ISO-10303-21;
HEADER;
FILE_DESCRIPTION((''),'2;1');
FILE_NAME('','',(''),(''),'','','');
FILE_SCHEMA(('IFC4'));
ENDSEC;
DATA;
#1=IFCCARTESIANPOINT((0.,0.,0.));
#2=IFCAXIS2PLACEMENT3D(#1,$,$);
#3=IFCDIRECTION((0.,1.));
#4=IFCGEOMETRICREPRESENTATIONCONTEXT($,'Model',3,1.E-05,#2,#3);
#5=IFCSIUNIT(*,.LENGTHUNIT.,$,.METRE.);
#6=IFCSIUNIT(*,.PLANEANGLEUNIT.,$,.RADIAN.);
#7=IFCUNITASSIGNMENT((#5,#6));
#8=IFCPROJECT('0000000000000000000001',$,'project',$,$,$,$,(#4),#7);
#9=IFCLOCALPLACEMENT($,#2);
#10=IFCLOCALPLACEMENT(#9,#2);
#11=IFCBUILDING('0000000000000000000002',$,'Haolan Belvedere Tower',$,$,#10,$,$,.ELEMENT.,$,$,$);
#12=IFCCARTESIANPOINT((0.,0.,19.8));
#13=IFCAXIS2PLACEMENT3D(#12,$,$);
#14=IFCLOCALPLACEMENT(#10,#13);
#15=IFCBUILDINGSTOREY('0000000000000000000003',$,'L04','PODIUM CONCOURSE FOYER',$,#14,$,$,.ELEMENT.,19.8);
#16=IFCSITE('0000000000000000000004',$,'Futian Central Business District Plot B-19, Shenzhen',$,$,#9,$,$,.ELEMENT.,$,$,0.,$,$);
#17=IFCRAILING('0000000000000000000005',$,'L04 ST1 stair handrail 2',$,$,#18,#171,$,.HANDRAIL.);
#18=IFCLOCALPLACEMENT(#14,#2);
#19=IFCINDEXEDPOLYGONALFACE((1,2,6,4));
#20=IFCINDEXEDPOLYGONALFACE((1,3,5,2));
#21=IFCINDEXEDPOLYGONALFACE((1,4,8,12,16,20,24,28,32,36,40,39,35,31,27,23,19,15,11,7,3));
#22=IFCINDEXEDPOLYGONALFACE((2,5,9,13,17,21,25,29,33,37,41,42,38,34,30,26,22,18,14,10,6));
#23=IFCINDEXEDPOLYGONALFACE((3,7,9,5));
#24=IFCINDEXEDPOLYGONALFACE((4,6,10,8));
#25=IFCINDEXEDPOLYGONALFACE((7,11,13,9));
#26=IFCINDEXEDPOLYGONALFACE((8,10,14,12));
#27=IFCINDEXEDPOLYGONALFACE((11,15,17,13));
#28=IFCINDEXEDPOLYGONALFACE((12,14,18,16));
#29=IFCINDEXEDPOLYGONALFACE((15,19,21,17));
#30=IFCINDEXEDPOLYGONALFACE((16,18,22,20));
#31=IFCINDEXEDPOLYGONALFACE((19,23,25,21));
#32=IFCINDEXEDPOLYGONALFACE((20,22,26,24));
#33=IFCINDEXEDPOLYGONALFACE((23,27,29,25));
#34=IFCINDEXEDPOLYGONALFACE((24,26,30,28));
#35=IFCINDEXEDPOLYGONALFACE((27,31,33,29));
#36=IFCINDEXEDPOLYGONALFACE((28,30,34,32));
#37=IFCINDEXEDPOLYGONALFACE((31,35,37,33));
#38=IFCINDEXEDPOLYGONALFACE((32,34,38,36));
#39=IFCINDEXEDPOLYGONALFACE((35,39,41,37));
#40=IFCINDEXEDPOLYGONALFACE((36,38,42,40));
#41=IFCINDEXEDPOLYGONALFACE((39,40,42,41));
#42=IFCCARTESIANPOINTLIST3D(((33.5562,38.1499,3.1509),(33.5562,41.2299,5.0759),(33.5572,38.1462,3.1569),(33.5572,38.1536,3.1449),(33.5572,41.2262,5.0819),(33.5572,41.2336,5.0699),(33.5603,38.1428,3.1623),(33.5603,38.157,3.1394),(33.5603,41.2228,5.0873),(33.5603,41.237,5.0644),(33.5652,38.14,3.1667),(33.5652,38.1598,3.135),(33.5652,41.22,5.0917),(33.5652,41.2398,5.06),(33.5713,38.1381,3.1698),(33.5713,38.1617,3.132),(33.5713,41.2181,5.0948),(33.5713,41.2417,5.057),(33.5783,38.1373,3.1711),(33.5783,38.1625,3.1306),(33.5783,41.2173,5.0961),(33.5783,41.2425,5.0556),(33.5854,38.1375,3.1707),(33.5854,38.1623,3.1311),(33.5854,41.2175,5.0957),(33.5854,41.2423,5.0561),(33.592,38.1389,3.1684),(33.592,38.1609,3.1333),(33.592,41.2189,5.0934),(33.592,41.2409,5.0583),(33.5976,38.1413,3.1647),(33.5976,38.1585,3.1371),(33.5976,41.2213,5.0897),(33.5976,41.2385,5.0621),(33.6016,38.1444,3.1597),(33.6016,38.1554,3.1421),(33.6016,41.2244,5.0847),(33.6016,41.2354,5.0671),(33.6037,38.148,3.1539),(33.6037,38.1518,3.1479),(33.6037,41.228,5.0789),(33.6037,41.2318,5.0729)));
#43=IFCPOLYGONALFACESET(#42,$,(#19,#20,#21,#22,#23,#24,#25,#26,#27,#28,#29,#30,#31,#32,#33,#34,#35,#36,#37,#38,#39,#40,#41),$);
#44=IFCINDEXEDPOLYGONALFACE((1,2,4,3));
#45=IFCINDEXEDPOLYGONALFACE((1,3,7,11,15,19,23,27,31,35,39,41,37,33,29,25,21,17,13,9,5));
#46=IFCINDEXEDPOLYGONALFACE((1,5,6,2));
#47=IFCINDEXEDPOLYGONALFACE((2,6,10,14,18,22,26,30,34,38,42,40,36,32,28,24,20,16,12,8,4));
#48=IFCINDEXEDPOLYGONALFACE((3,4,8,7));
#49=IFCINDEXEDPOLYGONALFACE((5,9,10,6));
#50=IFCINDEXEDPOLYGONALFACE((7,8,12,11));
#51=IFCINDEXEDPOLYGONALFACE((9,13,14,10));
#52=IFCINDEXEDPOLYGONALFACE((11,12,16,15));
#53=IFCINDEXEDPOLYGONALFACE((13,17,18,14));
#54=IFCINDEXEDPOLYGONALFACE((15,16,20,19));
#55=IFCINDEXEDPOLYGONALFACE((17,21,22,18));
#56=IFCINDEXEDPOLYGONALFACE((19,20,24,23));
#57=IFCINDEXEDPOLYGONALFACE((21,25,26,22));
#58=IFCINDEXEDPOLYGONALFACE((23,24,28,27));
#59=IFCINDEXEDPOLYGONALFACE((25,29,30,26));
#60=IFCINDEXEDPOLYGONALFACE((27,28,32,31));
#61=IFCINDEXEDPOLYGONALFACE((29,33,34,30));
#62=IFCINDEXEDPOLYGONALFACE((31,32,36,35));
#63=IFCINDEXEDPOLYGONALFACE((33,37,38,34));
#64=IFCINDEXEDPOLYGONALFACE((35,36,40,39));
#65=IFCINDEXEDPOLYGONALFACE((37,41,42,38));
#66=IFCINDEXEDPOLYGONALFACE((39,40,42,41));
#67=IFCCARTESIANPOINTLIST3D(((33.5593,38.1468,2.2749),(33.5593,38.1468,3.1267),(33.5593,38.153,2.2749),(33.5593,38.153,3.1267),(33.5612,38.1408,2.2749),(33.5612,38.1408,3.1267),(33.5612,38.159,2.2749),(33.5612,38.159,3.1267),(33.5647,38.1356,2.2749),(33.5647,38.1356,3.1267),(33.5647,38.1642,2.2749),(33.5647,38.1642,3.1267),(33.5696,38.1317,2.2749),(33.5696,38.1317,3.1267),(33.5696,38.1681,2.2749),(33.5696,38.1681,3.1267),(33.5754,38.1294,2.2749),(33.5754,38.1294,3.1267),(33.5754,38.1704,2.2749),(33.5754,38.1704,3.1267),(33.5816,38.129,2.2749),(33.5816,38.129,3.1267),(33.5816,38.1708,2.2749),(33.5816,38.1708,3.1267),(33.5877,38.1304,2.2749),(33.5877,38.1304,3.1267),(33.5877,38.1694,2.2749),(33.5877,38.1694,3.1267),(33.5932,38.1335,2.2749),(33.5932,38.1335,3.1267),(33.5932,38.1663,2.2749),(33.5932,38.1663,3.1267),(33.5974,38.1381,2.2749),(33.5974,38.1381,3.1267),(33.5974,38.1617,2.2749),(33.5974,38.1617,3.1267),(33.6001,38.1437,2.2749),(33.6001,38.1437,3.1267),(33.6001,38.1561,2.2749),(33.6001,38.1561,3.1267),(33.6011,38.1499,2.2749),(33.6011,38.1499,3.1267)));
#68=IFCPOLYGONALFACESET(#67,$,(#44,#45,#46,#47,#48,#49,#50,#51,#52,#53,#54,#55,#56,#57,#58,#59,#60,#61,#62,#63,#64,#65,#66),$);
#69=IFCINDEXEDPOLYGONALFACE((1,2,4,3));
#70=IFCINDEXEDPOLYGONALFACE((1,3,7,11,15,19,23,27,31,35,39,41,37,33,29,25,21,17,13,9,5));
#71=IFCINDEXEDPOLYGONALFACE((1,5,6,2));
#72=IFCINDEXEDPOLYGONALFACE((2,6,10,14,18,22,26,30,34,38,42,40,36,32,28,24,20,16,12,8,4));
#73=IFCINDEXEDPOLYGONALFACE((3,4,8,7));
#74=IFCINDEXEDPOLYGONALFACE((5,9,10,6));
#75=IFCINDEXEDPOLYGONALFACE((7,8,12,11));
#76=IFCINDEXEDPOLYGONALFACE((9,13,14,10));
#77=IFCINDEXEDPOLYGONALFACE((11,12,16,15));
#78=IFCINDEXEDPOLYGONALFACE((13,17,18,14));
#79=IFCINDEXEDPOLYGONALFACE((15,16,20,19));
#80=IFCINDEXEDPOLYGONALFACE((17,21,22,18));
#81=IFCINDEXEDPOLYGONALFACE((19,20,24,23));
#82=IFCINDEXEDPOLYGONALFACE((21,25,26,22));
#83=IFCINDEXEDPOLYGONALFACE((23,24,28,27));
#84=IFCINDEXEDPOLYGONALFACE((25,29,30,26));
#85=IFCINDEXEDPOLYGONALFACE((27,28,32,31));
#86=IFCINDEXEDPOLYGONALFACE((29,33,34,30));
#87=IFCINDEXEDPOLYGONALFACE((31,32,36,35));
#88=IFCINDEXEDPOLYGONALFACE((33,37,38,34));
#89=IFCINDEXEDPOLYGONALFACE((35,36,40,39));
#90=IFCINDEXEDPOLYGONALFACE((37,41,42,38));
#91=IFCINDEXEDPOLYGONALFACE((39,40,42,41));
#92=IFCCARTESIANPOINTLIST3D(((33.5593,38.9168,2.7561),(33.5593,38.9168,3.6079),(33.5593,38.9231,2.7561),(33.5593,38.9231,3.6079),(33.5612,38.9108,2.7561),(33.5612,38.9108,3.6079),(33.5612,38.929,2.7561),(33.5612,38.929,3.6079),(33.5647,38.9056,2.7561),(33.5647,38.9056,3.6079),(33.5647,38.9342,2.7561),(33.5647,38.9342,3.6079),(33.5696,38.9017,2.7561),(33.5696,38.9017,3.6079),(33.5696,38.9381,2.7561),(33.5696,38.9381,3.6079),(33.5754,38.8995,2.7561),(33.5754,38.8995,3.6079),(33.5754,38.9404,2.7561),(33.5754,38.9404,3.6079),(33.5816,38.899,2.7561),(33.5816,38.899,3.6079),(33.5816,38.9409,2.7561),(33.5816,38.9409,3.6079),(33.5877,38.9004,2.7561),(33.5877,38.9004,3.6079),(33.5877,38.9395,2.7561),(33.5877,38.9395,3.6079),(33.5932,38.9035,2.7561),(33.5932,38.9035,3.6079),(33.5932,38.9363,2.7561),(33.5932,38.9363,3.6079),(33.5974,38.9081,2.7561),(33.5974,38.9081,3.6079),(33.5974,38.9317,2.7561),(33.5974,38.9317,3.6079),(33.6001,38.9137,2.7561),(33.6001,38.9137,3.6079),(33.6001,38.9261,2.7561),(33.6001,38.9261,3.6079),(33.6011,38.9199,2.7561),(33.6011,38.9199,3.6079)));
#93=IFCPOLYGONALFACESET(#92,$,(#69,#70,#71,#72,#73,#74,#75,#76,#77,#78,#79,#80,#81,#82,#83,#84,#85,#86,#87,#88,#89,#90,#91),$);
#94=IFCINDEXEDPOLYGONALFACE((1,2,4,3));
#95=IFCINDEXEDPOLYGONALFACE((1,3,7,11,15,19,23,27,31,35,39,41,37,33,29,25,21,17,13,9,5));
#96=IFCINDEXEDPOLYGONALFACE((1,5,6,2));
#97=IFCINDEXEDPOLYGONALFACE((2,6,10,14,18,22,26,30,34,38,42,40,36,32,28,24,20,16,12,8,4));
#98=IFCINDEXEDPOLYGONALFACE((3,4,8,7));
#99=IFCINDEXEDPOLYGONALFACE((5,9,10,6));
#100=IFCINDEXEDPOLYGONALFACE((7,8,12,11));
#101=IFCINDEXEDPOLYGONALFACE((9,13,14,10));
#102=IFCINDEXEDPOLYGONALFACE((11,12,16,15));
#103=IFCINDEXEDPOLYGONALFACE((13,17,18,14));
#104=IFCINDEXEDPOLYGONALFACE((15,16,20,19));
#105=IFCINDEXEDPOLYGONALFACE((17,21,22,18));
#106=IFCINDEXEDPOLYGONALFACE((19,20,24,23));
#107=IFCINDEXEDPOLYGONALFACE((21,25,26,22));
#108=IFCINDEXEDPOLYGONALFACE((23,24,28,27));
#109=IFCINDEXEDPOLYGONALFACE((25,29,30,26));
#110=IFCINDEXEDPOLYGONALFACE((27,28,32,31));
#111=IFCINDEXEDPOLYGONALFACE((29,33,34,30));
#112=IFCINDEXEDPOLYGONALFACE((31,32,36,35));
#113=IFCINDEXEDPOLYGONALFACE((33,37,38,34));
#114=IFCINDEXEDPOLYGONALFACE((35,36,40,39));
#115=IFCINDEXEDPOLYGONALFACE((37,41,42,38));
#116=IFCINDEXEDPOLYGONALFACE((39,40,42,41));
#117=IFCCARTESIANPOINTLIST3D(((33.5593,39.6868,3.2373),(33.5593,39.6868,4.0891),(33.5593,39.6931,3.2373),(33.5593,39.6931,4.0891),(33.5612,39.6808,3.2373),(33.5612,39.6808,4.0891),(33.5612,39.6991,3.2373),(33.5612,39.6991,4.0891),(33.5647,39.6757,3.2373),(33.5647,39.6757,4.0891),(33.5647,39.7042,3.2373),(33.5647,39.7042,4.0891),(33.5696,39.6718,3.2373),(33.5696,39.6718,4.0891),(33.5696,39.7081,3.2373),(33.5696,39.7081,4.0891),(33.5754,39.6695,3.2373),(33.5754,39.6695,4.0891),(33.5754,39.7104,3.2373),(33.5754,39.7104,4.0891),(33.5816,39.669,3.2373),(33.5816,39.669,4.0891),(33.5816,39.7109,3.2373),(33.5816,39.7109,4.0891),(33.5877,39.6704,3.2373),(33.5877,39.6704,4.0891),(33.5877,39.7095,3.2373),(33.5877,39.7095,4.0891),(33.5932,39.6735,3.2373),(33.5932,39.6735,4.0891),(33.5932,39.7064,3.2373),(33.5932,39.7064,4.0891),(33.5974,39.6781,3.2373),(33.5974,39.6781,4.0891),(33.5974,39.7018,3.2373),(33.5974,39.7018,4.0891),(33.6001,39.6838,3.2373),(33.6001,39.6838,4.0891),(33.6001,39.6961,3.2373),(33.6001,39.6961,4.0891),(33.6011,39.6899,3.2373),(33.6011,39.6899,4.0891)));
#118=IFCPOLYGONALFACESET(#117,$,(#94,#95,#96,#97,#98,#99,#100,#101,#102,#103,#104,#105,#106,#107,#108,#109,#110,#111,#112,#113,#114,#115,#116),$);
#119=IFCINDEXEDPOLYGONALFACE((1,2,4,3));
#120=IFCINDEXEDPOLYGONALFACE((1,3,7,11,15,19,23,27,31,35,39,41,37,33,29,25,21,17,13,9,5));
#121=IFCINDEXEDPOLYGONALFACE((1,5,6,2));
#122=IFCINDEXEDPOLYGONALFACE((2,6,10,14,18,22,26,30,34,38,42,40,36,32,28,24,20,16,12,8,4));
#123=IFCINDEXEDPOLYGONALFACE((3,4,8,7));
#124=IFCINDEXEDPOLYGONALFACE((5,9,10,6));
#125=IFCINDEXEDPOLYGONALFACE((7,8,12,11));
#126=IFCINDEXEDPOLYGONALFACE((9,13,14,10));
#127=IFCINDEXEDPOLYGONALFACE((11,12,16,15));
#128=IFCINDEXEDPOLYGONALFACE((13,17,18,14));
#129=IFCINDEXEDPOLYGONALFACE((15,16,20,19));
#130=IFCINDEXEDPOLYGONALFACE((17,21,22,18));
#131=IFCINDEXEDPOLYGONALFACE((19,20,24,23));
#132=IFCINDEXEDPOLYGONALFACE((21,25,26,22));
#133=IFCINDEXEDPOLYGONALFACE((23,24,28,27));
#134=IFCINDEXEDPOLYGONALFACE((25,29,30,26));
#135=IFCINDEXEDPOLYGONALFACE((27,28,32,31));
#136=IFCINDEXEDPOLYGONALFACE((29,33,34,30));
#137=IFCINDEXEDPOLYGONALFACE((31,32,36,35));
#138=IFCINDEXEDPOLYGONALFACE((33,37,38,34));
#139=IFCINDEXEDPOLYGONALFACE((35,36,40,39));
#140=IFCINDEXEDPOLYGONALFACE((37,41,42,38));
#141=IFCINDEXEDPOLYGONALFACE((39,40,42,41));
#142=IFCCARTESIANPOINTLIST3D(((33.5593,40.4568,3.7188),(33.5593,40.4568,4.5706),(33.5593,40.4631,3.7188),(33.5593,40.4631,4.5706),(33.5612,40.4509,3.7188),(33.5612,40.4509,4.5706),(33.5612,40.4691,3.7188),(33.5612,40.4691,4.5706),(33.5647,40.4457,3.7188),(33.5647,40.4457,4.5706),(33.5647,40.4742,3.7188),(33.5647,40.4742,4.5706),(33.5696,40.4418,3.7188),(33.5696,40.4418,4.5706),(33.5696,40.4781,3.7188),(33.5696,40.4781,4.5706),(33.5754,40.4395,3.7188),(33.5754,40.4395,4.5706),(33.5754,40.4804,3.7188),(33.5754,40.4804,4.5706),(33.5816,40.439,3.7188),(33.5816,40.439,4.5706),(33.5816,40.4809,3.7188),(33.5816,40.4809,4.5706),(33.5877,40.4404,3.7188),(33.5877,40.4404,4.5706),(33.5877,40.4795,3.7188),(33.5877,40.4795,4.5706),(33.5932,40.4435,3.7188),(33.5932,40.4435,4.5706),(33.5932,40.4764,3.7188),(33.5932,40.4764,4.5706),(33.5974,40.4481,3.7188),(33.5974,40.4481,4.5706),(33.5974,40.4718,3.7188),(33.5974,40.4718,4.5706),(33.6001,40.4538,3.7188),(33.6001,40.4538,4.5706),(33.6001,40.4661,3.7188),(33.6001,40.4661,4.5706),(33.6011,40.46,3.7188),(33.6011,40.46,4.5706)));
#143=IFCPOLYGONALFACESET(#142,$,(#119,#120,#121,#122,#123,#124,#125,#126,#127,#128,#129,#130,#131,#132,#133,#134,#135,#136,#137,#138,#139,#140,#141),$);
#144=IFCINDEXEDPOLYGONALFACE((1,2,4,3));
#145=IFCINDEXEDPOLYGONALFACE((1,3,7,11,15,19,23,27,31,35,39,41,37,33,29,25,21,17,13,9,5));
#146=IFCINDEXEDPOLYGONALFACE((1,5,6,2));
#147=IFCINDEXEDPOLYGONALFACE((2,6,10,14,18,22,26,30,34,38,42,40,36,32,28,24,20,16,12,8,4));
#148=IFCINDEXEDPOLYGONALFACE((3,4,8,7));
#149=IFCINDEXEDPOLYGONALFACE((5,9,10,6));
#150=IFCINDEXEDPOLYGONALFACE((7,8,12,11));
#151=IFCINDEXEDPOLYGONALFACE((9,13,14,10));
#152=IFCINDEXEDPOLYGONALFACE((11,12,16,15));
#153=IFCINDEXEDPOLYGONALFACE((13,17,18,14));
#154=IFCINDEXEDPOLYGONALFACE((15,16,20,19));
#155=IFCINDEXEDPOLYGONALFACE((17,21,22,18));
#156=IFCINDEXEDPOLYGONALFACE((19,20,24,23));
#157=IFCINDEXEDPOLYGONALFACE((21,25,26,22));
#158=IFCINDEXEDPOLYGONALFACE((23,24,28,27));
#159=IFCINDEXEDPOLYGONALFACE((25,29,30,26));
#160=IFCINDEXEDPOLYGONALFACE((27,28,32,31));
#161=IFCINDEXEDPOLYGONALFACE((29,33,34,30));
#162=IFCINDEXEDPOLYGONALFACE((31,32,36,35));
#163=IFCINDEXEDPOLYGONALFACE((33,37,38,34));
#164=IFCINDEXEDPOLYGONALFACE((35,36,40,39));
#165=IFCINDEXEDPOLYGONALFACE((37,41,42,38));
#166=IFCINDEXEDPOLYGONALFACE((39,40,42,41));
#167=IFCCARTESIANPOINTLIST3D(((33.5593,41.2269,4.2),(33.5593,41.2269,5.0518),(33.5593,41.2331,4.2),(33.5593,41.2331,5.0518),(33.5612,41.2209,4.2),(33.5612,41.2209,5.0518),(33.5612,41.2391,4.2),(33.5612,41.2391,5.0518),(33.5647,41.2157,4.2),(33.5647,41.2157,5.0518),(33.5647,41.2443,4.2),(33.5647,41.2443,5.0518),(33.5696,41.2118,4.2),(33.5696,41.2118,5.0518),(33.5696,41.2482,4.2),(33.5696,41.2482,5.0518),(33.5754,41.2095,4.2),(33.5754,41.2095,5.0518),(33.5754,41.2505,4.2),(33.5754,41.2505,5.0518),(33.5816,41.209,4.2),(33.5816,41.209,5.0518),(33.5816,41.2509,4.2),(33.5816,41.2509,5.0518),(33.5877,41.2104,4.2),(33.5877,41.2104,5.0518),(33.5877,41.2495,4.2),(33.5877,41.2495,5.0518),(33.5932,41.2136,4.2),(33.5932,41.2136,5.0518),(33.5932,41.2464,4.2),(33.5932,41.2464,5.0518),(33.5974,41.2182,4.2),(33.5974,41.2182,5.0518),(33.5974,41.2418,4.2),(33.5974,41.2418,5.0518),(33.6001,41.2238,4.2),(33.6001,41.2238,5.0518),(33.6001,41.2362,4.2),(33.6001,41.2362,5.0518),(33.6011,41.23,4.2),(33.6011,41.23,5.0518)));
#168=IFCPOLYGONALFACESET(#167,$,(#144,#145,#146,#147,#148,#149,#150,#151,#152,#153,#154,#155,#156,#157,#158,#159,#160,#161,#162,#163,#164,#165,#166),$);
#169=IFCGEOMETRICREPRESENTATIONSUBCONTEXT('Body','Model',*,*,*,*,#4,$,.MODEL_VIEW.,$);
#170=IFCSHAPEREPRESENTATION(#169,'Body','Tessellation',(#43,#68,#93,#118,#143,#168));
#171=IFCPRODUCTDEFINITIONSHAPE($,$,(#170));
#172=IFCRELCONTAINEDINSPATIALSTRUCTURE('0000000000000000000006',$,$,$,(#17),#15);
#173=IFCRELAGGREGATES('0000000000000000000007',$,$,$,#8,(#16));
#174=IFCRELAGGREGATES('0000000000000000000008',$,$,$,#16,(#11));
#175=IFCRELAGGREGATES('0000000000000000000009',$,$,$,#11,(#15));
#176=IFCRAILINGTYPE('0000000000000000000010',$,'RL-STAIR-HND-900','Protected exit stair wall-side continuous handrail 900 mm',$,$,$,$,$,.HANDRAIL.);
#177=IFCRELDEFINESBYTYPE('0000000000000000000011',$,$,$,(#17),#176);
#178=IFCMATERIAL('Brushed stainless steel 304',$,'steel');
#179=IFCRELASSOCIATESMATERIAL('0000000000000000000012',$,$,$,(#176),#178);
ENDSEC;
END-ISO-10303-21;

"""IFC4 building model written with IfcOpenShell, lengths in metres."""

from ifc_helpers import new_model, si_unit, direction, frame, origin, origin_2d, place, context, subcontext, project, spatial, circle, extrude, material, type_object, element, save


model = new_model("IFC4")

# Units and contexts
model_context = context("Model", 3, precision=1e-05, world=origin(), true_north=direction((0.0, 1.0)))
body_context = subcontext(model_context, "Body", "Model", "MODEL_VIEW")
ifc_project = project(units=[si_unit("LENGTHUNIT", "METRE"), si_unit("PLANEANGLEUNIT", "RADIAN")], contexts=[model_context])

# Site, building, storey
site_placement = place(None, origin())
site = spatial("IfcSite", under=ifc_project, at=site_placement, Name="Futian Central Business District Plot B-19, Shenzhen", CompositionType="ELEMENT", RefElevation=0.0)
building_placement = place(site_placement, origin())
building = spatial("IfcBuilding", under=site, at=building_placement, Name="Haolan Belvedere Tower", CompositionType="ELEMENT")
storey_placement = place(building_placement, frame((0.0, 0.0, 19.8)))
storey = spatial("IfcBuildingStorey", under=building, at=storey_placement, Name="L04", Description="PODIUM CONCOURSE FOYER", CompositionType="ELEMENT", Elevation=19.8)

# Railing
ifc_material_1 = material(Name="Brushed stainless steel 304", Category="steel")
railing_type_1 = type_object("IfcRailingType", Name="RL-STAIR-HND-900", Description="Protected exit stair wall-side continuous handrail 900 mm", PredefinedType="HANDRAIL", material=ifc_material_1)
railing_1_placement = place(storey_placement, frame((33.5801, 38.1499, 2.2749)))
element("IfcRailing", 1, at=railing_1_placement, inside=storey, type_object=railing_type_1, Name="L04 ST1 stair handrail 2", PredefinedType="HANDRAIL", context=body_context, shape_type="SweptSolid", body=[
    extrude(circle(Radius=0.0239, at=origin_2d()), frame((0.0, 0.0, 0.876), z_axis=(0.0, 0.847998, 0.529999), x_axis=(-1.0, 0.0, 0.0)), (0.0, 0.0, 1.0), 3.6321),
    extrude(circle(Radius=0.021, at=origin_2d()), origin(), (0.0, 0.0, 1.0), 0.8518),
    extrude(circle(Radius=0.021, at=origin_2d()), frame((0.0, 0.77, 0.4812)), (0.0, 0.0, 1.0), 0.8518),
    extrude(circle(Radius=0.021, at=origin_2d()), frame((0.0, 1.54, 0.9624)), (0.0, 0.0, 1.0), 0.8518),
    extrude(circle(Radius=0.021, at=origin_2d()), frame((0.0, 2.3101, 1.4438)), (0.0, 0.0, 1.0), 0.8518),
    extrude(circle(Radius=0.021, at=origin_2d()), frame((0.0, 3.0801, 1.925)), (0.0, 0.0, 1.0), 0.8518),
])

save(model, "model.ifc")
